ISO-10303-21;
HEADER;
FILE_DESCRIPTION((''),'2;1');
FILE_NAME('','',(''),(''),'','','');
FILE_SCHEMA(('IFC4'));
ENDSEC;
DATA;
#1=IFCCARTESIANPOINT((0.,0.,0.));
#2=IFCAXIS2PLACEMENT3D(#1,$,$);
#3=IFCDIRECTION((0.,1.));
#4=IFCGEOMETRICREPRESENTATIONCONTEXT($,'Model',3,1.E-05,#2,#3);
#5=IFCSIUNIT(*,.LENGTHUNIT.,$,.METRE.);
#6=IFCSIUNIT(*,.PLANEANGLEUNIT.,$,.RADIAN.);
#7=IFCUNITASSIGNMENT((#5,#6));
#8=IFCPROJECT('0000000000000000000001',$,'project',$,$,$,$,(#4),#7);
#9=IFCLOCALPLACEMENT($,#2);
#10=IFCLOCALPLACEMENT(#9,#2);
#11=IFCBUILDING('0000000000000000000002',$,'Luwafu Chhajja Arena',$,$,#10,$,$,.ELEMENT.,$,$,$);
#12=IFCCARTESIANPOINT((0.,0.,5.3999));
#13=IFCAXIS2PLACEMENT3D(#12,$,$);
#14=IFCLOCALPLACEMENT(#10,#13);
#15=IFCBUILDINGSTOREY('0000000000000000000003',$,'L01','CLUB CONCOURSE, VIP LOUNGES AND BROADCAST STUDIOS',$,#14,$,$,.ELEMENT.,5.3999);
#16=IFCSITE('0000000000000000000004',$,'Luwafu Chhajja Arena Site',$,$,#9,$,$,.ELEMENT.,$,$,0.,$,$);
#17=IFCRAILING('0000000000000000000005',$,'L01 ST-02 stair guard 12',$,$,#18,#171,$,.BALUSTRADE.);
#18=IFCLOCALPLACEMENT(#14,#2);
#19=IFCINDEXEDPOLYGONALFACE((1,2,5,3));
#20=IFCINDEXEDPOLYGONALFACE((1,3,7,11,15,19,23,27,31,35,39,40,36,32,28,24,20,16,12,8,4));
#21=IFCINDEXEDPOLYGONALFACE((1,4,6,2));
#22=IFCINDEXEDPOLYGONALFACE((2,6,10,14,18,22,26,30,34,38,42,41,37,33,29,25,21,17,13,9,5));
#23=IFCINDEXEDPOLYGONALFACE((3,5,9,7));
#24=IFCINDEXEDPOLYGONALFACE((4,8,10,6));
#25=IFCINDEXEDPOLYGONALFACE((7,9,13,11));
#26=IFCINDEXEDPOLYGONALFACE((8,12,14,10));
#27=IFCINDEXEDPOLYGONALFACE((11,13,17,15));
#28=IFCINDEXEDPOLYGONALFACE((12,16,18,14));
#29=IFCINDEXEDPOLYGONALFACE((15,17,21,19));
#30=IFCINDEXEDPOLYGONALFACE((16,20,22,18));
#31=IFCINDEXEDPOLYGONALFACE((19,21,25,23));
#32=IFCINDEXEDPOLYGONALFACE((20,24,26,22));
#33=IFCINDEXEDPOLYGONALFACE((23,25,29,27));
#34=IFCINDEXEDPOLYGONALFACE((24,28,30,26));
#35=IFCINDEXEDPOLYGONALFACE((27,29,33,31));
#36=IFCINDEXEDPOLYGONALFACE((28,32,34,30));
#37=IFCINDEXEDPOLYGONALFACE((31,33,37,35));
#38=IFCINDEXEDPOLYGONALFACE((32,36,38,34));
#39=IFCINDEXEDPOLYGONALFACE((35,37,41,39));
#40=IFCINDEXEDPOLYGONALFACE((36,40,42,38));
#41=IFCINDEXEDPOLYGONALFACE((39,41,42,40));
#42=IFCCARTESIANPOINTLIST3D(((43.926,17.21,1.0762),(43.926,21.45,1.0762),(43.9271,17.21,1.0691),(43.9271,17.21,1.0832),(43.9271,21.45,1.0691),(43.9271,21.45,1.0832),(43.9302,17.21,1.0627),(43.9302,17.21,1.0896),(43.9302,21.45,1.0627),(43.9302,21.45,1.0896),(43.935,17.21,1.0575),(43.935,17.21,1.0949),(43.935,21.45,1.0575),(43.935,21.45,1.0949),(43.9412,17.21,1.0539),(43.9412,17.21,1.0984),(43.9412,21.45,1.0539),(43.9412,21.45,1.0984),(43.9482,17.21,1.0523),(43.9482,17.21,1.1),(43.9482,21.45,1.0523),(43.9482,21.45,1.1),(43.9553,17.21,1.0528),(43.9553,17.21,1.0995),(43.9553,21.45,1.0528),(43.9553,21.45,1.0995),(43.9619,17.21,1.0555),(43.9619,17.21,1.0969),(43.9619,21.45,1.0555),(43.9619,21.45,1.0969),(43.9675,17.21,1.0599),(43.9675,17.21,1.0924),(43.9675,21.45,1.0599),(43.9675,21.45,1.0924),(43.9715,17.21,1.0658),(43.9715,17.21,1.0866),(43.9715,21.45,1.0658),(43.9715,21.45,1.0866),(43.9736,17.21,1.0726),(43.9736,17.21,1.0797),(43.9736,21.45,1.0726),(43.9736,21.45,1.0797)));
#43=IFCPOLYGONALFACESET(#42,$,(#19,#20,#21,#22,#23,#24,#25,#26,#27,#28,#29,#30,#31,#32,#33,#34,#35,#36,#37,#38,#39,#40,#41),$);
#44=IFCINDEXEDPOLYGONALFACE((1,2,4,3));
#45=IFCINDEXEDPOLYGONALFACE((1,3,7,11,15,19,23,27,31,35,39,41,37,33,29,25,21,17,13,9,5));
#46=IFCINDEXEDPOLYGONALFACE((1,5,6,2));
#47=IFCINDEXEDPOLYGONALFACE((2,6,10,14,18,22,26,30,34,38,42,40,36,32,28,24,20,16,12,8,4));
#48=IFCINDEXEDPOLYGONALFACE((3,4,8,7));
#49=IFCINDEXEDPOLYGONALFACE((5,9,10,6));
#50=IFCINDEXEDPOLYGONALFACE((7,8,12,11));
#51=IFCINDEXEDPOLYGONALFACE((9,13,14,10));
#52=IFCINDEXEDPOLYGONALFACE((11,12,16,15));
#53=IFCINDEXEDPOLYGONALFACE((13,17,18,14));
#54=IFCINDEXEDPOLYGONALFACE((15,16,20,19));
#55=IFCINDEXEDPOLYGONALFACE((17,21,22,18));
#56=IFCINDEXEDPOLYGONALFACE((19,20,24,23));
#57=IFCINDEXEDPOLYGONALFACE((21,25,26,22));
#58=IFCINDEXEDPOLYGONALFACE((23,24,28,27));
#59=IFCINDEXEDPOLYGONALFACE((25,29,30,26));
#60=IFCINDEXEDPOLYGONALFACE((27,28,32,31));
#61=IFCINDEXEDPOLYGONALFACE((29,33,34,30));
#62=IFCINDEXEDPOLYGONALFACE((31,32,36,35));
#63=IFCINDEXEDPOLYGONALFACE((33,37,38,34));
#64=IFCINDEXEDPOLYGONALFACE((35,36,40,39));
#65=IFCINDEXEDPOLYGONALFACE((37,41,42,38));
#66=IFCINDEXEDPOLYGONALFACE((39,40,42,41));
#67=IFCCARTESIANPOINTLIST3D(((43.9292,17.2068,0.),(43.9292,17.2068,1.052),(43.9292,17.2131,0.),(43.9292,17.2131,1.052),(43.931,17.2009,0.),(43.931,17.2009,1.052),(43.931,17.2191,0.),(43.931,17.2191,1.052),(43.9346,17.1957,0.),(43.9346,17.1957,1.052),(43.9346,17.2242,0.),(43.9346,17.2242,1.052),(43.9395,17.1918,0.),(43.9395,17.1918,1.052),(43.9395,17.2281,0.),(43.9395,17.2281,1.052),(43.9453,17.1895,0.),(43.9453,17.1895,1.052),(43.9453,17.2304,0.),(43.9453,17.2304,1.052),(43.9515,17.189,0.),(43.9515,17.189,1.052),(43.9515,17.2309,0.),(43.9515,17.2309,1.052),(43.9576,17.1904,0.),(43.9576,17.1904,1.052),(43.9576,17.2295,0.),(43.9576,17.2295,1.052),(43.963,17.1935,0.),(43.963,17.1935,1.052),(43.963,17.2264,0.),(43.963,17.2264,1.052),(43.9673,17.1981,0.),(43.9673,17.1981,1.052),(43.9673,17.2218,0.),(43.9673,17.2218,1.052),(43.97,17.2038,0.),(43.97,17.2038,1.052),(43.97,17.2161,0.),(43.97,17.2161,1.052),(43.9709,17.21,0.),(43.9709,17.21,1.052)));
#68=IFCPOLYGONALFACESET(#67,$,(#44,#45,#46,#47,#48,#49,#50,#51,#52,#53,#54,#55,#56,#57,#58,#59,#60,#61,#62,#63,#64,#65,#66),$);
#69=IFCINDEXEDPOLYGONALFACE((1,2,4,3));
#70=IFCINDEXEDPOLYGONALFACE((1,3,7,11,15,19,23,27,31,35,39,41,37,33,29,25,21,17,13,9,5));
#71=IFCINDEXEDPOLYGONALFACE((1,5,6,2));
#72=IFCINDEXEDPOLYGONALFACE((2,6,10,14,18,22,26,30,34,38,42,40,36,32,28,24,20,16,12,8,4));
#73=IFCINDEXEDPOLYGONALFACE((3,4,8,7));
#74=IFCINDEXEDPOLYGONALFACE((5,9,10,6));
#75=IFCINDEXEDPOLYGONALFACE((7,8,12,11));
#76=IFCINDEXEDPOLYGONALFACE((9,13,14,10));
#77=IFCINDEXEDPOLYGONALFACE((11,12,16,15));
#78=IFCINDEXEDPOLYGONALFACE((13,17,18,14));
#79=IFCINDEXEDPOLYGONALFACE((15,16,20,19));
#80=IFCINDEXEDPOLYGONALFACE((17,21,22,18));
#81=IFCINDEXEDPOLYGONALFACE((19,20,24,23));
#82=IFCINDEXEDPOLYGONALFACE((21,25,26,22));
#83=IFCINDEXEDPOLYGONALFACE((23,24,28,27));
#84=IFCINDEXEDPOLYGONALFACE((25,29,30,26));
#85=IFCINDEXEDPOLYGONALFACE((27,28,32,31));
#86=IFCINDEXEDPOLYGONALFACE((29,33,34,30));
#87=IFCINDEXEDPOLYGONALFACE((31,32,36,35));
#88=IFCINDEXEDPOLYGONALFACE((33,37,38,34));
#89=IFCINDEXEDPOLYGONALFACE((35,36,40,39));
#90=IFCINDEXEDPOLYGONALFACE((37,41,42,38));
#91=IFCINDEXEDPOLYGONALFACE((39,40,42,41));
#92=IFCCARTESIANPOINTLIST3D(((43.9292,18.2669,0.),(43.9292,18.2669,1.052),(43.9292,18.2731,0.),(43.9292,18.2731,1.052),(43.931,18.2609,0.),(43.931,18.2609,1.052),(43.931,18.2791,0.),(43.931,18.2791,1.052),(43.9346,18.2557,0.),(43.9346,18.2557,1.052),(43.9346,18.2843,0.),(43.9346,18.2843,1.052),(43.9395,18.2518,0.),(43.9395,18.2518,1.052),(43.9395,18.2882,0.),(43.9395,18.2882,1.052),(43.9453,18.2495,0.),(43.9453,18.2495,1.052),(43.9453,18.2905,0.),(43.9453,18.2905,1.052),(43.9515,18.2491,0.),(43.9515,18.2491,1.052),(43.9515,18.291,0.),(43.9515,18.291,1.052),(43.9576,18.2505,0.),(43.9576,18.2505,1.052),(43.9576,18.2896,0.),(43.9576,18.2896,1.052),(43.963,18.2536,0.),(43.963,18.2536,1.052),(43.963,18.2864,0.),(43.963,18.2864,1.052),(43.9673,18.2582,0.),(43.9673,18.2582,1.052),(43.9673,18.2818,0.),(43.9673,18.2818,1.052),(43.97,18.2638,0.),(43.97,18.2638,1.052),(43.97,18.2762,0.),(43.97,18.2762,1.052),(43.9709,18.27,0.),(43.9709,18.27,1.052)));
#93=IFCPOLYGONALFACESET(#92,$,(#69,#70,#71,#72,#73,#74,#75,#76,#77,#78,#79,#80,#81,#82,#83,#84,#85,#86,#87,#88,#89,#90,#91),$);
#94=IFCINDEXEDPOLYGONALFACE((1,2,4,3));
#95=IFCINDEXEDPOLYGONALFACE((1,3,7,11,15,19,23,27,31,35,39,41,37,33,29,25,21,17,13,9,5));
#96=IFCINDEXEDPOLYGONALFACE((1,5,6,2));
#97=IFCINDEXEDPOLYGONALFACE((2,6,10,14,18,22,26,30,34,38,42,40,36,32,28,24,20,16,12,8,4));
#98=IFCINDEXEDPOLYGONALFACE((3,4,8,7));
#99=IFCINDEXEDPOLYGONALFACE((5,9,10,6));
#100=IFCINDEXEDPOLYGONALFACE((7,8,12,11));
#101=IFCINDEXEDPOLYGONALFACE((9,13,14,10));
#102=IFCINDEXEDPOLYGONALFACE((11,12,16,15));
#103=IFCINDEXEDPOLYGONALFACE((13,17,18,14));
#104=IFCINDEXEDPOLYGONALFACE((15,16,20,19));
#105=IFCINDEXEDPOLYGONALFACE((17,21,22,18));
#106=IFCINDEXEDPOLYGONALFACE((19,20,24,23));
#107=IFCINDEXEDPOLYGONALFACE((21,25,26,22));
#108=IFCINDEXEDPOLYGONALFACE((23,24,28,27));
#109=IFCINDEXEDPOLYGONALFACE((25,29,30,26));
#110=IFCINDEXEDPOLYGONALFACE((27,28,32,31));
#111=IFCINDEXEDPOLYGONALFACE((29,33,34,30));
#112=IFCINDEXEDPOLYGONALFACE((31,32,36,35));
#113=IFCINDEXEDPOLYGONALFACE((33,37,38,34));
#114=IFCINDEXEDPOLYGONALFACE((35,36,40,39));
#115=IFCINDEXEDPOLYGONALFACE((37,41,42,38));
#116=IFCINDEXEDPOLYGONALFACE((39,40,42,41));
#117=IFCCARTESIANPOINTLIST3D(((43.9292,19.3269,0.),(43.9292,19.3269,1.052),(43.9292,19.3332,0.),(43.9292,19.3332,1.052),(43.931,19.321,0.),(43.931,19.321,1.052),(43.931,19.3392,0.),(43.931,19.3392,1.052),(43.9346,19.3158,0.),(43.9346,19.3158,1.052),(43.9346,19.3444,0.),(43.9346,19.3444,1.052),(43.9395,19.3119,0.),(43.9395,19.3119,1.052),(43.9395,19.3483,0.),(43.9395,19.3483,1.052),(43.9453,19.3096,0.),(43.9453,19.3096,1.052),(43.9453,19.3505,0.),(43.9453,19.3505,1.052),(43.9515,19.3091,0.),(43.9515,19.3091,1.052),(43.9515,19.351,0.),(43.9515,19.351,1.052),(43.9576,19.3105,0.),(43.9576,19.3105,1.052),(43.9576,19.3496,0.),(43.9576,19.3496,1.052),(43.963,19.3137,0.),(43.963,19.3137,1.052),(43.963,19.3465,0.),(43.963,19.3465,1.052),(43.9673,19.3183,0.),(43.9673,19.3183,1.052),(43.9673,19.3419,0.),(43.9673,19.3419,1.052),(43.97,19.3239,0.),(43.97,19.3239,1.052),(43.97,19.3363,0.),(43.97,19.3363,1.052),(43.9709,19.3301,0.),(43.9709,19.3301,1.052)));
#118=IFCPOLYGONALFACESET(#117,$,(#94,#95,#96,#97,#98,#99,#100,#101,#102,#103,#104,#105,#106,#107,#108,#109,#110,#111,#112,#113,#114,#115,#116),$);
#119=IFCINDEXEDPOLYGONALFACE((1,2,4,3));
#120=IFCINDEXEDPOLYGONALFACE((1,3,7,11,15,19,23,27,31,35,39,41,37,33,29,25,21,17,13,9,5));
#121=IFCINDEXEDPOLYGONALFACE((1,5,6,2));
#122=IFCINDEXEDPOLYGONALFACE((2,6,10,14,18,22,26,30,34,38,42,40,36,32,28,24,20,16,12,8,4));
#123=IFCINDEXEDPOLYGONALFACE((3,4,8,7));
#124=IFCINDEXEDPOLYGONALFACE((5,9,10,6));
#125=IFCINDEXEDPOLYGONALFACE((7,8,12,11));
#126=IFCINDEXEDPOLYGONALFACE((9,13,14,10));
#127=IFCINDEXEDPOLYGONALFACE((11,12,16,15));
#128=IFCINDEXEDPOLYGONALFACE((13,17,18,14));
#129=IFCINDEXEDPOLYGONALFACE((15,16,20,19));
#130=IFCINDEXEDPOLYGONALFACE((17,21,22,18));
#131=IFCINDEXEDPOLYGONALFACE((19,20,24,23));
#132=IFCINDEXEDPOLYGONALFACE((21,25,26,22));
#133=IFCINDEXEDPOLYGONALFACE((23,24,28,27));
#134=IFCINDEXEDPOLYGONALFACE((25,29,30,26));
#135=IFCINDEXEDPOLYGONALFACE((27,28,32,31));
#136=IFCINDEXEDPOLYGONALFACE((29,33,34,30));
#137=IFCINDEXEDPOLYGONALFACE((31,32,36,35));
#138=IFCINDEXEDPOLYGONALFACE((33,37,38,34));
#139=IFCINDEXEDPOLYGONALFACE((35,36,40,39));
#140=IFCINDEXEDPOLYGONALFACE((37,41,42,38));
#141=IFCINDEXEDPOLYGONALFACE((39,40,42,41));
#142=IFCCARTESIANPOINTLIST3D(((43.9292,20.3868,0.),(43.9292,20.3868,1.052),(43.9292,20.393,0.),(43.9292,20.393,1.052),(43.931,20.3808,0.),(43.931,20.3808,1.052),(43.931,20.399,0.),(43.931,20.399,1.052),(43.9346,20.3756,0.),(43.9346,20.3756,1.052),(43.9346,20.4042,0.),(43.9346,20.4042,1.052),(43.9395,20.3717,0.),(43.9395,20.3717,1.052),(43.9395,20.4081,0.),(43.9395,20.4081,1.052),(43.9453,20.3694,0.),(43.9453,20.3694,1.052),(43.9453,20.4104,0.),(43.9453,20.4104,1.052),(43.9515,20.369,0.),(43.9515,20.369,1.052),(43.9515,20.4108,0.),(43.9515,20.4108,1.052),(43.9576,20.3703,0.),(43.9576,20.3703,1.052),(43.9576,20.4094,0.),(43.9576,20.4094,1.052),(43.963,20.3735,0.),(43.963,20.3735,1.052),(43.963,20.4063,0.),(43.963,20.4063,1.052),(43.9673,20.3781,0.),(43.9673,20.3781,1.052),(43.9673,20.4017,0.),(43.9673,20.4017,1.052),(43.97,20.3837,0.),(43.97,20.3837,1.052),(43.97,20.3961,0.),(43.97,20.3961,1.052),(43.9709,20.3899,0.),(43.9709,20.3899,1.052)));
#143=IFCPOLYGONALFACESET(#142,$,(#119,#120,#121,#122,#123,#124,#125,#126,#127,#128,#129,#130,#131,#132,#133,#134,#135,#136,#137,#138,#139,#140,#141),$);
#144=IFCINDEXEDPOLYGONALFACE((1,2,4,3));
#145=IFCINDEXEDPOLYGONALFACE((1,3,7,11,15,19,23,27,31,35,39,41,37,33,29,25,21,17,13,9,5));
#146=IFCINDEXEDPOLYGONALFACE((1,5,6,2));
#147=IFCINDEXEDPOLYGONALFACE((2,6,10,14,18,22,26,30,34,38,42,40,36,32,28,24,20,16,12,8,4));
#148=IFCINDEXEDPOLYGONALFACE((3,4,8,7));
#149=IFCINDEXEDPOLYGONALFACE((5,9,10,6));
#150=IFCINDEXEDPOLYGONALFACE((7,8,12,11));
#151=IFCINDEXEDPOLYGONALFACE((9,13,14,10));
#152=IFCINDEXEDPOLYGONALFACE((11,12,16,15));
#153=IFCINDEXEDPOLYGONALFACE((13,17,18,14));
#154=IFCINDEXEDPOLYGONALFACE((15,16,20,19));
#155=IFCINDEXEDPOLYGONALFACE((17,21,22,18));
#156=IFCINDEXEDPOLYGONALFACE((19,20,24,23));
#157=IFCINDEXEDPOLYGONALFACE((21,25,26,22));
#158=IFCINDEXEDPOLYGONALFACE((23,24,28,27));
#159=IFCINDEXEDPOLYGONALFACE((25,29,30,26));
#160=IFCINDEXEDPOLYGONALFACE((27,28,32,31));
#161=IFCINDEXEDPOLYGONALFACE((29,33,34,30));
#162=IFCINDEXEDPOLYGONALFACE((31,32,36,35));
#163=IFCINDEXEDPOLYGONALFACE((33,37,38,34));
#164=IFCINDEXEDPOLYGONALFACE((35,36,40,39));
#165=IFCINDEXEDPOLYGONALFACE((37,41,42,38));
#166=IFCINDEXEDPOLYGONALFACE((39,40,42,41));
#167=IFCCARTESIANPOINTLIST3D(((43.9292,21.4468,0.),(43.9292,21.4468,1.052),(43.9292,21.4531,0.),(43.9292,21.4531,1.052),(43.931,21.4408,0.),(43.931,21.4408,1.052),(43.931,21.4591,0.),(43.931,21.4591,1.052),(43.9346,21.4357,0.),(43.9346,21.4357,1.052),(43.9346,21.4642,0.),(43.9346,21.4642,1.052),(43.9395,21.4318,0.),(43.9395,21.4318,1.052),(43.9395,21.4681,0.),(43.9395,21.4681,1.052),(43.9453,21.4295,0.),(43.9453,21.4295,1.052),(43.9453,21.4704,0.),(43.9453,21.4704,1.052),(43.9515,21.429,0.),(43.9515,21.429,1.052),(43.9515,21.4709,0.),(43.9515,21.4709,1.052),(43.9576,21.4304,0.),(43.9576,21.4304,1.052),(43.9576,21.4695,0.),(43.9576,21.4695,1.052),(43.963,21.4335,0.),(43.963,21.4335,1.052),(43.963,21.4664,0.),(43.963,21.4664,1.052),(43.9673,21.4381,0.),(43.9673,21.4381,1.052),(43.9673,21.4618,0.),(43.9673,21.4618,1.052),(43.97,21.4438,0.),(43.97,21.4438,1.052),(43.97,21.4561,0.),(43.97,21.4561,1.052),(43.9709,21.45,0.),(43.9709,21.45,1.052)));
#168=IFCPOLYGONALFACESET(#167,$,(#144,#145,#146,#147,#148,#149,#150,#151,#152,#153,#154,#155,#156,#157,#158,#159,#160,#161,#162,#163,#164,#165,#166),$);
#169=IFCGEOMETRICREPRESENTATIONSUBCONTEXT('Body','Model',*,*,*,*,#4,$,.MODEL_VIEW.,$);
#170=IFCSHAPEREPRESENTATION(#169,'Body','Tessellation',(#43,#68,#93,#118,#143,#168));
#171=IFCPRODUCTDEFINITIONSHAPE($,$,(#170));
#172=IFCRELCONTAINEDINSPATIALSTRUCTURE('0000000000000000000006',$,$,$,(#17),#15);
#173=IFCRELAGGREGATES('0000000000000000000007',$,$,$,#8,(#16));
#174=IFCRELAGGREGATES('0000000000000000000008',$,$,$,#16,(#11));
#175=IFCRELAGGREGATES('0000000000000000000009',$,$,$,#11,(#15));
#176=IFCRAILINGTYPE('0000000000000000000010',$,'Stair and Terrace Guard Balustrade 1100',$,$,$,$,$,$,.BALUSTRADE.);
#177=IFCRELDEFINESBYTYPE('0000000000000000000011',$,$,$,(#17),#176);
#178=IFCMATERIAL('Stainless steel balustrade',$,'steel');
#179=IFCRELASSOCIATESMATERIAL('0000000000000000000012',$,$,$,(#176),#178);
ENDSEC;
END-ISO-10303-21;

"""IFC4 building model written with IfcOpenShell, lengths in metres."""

from ifc_helpers import new_model, si_unit, direction, frame, origin, origin_2d, place, context, subcontext, project, spatial, circle, extrude, material, type_object, element, save


model = new_model("IFC4")

# Units and contexts
model_context = context("Model", 3, precision=1e-05, world=origin(), true_north=direction((0.0, 1.0)))
body_context = subcontext(model_context, "Body", "Model", "MODEL_VIEW")
ifc_project = project(units=[si_unit("LENGTHUNIT", "METRE"), si_unit("PLANEANGLEUNIT", "RADIAN")], contexts=[model_context])

# Site, building, storey
site_placement = place(None, origin())
site = spatial("IfcSite", under=ifc_project, at=site_placement, Name="Luwafu Chhajja Arena Site", CompositionType="ELEMENT", RefElevation=0.0)
building_placement = place(site_placement, origin())
building = spatial("IfcBuilding", under=site, at=building_placement, Name="Luwafu Chhajja Arena", CompositionType="ELEMENT")
storey_placement = place(building_placement, frame((0.0, 0.0, 5.3999)))
storey = spatial("IfcBuildingStorey", under=building, at=storey_placement, Name="L01", Description="CLUB CONCOURSE, VIP LOUNGES AND BROADCAST STUDIOS", CompositionType="ELEMENT", Elevation=5.3999)

# Railing
ifc_material_1 = material(Name="Stainless steel balustrade", Category="steel")
railing_type_1 = type_object("IfcRailingType", Name="Stair and Terrace Guard Balustrade 1100", PredefinedType="BALUSTRADE", material=ifc_material_1)
railing_1_placement = place(storey_placement, frame((43.95, 17.21, 0.0)))
element("IfcRailing", 1, at=railing_1_placement, inside=storey, type_object=railing_type_1, Name="L01 ST-02 stair guard 12", PredefinedType="BALUSTRADE", context=body_context, shape_type="SweptSolid", body=[
    extrude(circle(Radius=0.0239, at=origin_2d()), frame((0.0, 0.0, 1.0762), z_axis=(0.0, 1.0, 0.0), x_axis=(-1.0, 0.0, 0.0)), (0.0, 0.0, 1.0), 4.24),
    extrude(circle(Radius=0.021, at=origin_2d()), origin(), (0.0, 0.0, 1.0), 1.052),
    extrude(circle(Radius=0.021, at=origin_2d()), frame((0.0, 1.0601, 0.0)), (0.0, 0.0, 1.0), 1.052),
    extrude(circle(Radius=0.021, at=origin_2d()), frame((0.0, 2.1201, 0.0)), (0.0, 0.0, 1.0), 1.052),
    extrude(circle(Radius=0.021, at=origin_2d()), frame((0.0, 3.1799, 0.0)), (0.0, 0.0, 1.0), 1.052),
    extrude(circle(Radius=0.021, at=origin_2d()), frame((0.0, 4.24, 0.0)), (0.0, 0.0, 1.0), 1.052),
])

save(model, "model.ifc")
